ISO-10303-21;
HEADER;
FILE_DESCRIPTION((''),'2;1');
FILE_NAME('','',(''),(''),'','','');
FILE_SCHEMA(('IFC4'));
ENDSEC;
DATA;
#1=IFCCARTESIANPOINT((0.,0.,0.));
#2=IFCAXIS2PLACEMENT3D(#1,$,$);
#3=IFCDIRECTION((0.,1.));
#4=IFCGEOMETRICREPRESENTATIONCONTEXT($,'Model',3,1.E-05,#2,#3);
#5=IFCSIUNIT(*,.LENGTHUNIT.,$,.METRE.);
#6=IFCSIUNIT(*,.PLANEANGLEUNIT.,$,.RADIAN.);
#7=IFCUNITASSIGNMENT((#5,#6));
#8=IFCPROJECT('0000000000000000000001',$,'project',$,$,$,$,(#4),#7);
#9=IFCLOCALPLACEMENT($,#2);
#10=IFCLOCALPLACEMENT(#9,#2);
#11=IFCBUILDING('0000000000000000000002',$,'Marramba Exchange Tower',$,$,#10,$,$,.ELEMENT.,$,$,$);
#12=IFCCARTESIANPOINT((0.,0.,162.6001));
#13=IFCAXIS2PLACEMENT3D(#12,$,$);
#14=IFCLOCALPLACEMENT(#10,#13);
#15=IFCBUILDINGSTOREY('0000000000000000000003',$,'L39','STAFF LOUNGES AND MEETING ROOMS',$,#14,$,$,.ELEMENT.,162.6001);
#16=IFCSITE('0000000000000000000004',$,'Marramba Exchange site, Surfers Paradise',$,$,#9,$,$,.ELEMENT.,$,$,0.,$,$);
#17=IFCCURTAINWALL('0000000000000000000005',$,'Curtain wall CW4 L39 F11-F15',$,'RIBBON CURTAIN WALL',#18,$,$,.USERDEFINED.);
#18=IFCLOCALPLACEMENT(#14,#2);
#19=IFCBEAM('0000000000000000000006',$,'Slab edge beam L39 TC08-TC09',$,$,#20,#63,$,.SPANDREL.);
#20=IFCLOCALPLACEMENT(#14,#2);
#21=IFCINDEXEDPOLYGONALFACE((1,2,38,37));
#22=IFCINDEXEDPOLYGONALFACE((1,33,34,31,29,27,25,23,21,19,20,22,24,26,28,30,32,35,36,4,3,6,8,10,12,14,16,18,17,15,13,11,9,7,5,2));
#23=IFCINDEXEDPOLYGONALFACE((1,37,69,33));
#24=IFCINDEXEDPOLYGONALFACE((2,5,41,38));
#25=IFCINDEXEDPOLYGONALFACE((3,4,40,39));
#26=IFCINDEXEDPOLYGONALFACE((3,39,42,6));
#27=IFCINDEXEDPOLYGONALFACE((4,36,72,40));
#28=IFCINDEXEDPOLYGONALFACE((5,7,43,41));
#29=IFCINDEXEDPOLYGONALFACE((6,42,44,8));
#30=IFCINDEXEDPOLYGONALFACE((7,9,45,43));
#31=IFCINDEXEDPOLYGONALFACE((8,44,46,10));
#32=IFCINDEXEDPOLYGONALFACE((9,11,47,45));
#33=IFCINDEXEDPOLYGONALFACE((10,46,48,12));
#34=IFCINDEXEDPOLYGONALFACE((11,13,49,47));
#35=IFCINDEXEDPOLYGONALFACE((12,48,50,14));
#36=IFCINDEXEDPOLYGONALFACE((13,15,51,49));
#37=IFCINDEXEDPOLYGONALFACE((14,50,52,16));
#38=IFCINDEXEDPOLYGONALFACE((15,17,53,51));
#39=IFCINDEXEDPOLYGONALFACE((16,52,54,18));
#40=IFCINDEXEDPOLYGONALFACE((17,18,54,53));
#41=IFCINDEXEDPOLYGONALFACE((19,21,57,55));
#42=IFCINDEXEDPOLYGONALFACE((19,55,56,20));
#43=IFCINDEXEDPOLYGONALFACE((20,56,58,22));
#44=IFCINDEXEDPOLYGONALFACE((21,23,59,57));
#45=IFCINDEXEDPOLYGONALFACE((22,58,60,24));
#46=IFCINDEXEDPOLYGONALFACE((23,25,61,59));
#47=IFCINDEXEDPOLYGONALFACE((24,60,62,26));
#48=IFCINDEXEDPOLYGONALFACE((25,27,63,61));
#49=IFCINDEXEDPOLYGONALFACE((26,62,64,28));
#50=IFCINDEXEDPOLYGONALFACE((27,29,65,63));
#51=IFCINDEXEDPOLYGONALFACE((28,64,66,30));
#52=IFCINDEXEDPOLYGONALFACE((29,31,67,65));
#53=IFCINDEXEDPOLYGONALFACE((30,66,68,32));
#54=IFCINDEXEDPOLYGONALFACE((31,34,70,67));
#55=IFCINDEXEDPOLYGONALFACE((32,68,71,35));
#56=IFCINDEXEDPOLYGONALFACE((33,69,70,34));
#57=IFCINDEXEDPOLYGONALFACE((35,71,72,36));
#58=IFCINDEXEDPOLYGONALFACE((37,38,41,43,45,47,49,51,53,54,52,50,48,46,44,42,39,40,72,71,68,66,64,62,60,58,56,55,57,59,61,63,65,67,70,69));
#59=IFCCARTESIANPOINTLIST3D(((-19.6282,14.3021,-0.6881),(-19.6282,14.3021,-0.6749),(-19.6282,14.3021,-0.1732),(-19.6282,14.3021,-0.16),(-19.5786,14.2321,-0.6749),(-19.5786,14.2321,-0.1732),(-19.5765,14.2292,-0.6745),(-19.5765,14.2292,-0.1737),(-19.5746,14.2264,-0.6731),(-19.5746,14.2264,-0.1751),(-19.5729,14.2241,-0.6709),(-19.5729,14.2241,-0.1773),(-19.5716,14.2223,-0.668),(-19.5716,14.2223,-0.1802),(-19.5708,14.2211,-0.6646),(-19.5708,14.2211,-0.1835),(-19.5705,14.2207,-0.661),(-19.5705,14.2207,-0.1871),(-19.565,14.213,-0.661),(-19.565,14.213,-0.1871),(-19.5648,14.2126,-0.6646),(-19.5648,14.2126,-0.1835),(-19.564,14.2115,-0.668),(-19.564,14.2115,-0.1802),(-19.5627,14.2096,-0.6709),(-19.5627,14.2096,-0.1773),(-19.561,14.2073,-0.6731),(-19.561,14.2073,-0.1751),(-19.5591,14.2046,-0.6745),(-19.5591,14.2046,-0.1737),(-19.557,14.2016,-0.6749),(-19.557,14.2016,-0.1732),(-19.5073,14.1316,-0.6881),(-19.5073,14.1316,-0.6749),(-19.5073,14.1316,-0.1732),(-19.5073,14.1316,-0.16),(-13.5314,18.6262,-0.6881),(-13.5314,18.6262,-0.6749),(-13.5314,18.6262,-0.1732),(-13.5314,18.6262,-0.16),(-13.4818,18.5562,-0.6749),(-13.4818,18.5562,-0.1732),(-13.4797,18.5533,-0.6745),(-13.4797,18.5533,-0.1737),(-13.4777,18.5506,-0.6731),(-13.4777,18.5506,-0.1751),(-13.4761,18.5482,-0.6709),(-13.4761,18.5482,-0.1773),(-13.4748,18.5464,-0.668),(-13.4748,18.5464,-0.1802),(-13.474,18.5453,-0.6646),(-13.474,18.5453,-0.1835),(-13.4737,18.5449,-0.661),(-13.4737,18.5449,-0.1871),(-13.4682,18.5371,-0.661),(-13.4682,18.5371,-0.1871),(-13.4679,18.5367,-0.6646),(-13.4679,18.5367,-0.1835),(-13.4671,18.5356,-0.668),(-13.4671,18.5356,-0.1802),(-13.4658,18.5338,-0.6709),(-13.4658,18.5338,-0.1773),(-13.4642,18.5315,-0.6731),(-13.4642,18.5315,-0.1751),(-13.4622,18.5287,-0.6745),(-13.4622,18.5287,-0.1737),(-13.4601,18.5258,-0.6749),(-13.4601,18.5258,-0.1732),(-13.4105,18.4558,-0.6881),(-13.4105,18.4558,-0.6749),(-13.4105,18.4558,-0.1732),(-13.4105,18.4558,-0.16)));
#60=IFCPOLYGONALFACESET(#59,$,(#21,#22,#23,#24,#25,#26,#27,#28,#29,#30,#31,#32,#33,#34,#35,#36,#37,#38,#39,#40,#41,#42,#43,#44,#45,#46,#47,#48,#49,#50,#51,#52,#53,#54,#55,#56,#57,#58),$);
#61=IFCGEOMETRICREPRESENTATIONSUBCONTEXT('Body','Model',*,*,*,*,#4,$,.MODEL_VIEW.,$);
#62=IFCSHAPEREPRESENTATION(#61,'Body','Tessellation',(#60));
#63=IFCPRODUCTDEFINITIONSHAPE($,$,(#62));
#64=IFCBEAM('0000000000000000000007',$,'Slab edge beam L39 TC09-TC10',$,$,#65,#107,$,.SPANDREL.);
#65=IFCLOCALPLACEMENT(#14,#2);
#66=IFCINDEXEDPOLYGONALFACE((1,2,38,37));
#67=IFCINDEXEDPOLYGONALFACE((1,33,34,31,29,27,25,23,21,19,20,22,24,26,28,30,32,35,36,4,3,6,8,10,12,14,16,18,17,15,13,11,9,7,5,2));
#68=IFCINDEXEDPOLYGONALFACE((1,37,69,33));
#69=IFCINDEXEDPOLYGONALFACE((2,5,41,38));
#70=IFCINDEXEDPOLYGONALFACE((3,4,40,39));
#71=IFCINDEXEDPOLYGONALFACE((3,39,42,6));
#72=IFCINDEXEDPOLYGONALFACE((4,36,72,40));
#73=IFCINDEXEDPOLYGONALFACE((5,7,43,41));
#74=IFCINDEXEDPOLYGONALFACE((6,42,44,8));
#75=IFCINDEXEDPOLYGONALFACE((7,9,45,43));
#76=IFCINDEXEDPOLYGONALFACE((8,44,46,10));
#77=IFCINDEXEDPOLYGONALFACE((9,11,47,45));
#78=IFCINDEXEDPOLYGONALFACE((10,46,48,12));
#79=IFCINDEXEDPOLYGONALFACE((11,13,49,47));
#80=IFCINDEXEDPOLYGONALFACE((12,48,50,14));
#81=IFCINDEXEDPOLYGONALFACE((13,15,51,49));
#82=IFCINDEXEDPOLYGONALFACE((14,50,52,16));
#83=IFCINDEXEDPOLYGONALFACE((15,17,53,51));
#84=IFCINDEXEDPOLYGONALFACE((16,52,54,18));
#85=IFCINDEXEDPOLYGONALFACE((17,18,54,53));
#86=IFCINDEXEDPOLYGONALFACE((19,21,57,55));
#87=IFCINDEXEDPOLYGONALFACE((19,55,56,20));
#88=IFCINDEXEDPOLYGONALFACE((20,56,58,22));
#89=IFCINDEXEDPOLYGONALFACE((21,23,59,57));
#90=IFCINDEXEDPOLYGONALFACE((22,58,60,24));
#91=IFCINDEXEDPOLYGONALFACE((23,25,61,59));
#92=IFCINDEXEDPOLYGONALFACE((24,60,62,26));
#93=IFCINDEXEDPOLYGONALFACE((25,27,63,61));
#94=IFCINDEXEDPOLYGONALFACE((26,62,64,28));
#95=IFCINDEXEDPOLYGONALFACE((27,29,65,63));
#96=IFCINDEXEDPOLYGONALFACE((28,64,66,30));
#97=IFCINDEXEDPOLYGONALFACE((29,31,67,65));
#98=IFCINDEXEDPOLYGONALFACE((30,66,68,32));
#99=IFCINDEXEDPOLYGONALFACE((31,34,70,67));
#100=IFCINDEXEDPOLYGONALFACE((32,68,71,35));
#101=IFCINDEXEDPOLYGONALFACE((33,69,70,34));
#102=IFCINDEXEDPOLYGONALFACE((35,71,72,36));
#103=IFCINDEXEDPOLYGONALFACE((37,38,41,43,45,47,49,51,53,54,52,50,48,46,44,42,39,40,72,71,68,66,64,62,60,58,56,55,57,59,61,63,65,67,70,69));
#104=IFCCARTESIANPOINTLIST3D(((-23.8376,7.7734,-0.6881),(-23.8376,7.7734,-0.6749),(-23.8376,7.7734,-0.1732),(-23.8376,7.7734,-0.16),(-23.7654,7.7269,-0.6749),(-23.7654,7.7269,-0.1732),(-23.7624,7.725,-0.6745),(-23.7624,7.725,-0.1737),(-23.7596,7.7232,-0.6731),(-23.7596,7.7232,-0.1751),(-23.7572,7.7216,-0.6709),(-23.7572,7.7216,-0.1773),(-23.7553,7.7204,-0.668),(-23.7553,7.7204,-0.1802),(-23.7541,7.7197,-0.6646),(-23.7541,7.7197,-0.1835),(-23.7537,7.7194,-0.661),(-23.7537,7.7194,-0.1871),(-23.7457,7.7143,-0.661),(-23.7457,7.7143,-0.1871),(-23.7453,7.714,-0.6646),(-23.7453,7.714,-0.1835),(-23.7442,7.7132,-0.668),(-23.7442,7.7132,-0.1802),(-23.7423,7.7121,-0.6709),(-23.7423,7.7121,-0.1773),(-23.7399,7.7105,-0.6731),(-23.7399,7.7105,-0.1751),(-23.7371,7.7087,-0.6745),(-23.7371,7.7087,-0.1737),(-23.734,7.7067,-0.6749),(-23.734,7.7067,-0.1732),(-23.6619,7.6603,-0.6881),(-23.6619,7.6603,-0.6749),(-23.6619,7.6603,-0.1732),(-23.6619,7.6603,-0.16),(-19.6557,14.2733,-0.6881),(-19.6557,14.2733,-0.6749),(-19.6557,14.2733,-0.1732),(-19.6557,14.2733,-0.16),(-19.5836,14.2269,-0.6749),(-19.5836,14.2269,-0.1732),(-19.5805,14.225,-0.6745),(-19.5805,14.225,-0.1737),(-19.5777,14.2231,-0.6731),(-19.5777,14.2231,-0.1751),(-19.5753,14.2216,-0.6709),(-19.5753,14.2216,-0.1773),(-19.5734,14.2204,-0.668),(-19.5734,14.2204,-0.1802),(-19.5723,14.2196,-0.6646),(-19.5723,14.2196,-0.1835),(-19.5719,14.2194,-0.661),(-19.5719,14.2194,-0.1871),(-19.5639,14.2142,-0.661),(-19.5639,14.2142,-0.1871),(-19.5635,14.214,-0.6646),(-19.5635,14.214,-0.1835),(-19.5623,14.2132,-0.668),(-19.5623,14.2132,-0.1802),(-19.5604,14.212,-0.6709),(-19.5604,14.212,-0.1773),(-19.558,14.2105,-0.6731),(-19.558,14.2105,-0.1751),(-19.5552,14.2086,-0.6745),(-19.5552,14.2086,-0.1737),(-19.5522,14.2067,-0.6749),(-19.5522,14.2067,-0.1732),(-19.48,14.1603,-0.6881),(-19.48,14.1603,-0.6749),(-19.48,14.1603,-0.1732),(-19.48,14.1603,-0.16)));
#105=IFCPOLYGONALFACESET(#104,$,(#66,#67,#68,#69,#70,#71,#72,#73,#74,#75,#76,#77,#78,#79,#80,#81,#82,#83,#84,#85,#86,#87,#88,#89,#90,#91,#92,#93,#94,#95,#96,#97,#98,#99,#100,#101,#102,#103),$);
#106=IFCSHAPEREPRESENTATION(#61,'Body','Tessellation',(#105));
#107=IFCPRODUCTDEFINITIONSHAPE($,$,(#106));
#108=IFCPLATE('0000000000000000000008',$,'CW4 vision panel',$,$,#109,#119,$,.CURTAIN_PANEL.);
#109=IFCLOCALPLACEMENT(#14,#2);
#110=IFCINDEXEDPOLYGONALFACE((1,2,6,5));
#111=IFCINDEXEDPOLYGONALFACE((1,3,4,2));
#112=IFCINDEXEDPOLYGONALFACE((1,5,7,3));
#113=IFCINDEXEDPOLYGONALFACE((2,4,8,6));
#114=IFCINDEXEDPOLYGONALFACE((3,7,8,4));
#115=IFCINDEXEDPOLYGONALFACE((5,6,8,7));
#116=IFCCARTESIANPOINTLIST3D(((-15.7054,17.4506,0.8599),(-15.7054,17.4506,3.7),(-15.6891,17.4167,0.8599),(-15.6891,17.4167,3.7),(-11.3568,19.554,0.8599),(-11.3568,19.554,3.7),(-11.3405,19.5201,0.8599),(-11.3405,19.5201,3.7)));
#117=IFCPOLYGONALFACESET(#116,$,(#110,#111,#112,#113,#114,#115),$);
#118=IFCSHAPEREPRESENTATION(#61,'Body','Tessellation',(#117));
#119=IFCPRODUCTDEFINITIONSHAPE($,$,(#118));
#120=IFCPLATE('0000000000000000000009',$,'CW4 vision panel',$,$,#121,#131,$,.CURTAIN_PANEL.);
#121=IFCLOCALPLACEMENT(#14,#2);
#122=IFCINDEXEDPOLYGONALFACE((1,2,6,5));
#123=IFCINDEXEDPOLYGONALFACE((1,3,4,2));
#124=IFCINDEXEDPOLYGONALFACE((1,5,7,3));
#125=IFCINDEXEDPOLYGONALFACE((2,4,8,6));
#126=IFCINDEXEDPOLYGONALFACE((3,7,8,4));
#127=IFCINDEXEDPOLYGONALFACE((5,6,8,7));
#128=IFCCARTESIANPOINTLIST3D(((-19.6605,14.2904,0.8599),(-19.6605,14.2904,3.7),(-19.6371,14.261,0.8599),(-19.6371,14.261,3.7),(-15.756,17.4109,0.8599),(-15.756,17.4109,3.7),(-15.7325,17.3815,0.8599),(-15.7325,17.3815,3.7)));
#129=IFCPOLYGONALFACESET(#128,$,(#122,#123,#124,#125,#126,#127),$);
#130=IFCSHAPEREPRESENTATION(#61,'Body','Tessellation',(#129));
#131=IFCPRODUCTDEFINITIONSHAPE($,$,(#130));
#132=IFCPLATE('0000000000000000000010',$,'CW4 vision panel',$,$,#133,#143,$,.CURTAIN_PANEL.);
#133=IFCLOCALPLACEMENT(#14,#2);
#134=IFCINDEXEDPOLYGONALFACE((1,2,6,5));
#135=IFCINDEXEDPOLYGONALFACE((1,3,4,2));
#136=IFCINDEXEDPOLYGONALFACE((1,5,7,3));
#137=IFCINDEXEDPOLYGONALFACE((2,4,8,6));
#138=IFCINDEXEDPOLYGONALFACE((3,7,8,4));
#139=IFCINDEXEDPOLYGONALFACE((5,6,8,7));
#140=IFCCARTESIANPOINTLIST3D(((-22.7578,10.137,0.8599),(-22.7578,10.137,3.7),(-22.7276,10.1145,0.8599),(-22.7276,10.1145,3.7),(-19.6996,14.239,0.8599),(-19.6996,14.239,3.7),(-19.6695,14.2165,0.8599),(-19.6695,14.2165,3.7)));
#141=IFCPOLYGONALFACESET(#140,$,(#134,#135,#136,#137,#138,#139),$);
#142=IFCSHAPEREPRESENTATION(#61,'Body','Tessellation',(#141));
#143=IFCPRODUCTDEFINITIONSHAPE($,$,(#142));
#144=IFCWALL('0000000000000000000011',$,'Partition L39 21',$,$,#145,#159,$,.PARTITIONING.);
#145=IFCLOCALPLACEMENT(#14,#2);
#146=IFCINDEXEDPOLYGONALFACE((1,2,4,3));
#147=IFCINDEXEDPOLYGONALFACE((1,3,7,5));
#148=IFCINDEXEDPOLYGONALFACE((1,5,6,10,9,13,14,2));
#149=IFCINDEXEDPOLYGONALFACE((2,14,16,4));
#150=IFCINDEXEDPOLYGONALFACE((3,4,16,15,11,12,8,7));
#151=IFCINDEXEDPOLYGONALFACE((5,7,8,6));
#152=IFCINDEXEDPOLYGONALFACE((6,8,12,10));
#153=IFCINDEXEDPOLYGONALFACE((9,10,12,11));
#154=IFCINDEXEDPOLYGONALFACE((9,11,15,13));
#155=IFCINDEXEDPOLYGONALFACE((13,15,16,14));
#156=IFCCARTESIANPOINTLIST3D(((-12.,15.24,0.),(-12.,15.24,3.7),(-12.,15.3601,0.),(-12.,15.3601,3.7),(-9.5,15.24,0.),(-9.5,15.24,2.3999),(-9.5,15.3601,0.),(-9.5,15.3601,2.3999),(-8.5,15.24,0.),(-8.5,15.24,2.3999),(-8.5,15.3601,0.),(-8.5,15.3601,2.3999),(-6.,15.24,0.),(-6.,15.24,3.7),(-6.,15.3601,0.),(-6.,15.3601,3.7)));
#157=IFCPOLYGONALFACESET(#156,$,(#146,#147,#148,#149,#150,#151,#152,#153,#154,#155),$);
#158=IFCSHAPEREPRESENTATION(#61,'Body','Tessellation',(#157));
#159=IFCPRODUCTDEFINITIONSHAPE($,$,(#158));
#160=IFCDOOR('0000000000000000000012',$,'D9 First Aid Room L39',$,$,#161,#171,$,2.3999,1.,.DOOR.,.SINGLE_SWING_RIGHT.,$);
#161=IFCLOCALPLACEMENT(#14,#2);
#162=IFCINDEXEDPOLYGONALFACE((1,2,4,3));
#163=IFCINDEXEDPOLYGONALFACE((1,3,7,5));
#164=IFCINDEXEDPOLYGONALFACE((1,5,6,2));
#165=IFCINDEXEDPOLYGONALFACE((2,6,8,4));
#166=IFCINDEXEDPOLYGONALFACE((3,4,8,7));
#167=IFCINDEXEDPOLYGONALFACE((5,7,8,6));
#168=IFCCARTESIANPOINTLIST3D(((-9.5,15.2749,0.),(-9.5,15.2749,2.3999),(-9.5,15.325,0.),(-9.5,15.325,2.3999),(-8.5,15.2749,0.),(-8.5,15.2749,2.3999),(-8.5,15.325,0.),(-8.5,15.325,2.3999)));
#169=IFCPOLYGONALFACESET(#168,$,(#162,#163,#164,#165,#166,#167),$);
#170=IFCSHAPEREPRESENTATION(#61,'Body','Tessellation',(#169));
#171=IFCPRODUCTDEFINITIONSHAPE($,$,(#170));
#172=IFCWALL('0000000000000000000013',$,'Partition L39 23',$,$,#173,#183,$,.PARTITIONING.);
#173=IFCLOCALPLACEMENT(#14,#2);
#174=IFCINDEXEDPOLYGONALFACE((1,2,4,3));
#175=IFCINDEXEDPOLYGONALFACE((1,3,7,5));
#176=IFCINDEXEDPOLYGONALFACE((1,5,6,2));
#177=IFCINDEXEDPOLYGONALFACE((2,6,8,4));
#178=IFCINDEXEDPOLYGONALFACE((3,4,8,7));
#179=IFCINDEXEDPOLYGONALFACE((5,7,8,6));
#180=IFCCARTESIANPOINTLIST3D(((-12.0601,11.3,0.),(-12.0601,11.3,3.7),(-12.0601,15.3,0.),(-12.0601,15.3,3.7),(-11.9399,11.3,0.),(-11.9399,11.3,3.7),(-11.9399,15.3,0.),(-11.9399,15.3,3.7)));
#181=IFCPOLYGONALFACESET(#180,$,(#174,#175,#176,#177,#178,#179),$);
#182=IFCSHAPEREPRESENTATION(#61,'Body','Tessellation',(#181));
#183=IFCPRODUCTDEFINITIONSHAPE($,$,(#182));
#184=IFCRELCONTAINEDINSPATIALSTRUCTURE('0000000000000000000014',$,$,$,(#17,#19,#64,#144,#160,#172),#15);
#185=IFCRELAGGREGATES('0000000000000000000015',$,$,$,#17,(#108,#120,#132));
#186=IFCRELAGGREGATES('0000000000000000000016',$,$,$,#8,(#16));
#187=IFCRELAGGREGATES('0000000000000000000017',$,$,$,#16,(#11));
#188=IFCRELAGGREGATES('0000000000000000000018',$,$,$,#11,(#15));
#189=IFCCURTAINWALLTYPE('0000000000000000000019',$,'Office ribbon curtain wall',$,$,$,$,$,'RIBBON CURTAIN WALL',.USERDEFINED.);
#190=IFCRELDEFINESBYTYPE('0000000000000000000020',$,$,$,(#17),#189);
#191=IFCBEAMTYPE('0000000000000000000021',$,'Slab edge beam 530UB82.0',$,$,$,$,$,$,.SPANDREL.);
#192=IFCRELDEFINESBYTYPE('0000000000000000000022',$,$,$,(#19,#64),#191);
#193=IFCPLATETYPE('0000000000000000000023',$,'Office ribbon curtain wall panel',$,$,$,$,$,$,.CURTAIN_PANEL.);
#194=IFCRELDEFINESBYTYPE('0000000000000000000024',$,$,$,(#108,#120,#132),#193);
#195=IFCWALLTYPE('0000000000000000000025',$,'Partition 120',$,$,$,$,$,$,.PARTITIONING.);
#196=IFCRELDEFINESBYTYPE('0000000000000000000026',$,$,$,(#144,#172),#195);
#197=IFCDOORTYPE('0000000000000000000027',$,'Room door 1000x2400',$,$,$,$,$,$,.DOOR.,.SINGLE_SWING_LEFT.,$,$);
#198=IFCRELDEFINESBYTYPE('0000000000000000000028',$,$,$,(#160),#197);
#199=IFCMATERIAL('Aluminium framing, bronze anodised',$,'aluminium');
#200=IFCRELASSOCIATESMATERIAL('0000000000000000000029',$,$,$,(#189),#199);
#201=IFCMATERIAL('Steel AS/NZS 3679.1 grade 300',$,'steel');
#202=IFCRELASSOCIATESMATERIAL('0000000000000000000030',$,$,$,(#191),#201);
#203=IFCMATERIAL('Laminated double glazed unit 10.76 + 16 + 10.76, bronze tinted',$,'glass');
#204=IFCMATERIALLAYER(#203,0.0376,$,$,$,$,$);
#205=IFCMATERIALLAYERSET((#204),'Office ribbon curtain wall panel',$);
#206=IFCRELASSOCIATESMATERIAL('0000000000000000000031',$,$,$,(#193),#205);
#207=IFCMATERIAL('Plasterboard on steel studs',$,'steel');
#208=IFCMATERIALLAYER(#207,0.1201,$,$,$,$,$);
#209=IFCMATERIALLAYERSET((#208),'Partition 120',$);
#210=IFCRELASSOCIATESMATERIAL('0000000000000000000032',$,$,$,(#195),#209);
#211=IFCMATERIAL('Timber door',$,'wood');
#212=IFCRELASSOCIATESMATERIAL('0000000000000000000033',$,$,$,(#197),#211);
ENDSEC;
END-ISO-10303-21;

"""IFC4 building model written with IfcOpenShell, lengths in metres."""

from ifc_helpers import new_model, si_unit, direction, frame, frame_2d, origin, origin_2d, place, context, subcontext, project, spatial, rectangle, i_section, extrude, material, layer, layer_set, material_profile, profile_set, type_object, element, fill, aggregate, save


model = new_model("IFC4")

# Units and contexts
model_context = context("Model", 3, precision=1e-05, world=origin(), true_north=direction((0.0, 1.0)))
body_context = subcontext(model_context, "Body", "Model", "MODEL_VIEW")
ifc_project = project(units=[si_unit("LENGTHUNIT", "METRE"), si_unit("PLANEANGLEUNIT", "RADIAN")], contexts=[model_context])

# Site, building, storey
site_placement = place(None, origin())
site = spatial("IfcSite", under=ifc_project, at=site_placement, Name="Marramba Exchange site, Surfers Paradise", CompositionType="ELEMENT", RefElevation=0.0)
building_placement = place(site_placement, origin())
building = spatial("IfcBuilding", under=site, at=building_placement, Name="Marramba Exchange Tower", CompositionType="ELEMENT")
storey_placement = place(building_placement, frame((0.0, 0.0, 162.6001)))
storey = spatial("IfcBuildingStorey", under=building, at=storey_placement, Name="L39", Description="STAFF LOUNGES AND MEETING ROOMS", CompositionType="ELEMENT", Elevation=162.6001)

# Shared definitions
ifc_material_1 = material(Name="Steel AS/NZS 3679.1 grade 300", Category="steel")

# Curtain wall
ifc_material_2 = material(Name="Aluminium framing, bronze anodised", Category="aluminium")
curtain_wall_type = type_object("IfcCurtainWallType", Name="Office ribbon curtain wall", ElementType="RIBBON CURTAIN WALL", PredefinedType="USERDEFINED", material=ifc_material_2)
curtain_wall_placement = place(storey_placement, origin())
curtain_wall = element("IfcCurtainWall", 1, at=curtain_wall_placement, inside=storey, type_object=curtain_wall_type, Name="Curtain wall CW4 L39 F11-F15", ObjectType="RIBBON CURTAIN WALL", PredefinedType="USERDEFINED")

# Beams
ifc_material_profile_1 = material_profile(ifc_material_1, i_section(OverallWidth=0.209, OverallDepth=0.5281, WebThickness=0.0095, FlangeThickness=0.0132, FilletRadius=0.0139, at=origin_2d()), Name="530UB82.0")
ifc_profile_set_1 = profile_set([ifc_material_profile_1], Name="Steel AS/NZS 3679.1 grade 300")
beam_type_1 = type_object("IfcBeamType", Name="Slab edge beam 530UB82.0", PredefinedType="SPANDREL", material=ifc_profile_set_1)
beam_1_placement = place(storey_placement, frame((-13.4709, 18.541, -0.4241), z_axis=(-0.815673, -0.578513, 0.0), x_axis=(0.578513, -0.815673, 0.0)))
element("IfcBeam", 2, at=beam_1_placement, inside=storey, type_object=beam_type_1, Name="Slab edge beam L39 TC08-TC09", PredefinedType="SPANDREL", context=body_context, shape_type="SweptSolid", body=[
    extrude(i_section(OverallWidth=0.209, OverallDepth=0.5281, WebThickness=0.0095, FlangeThickness=0.0132, FilletRadius=0.0139, at=origin_2d()), origin(), (0.0, 0.0, 1.0), 7.4746),
])
beam_2_placement = place(storey_placement, frame((-19.5679, 14.2168, -0.4241), z_axis=(-0.541061, -0.840983, 0.0), x_axis=(0.840983, -0.541061, 0.0)))
element("IfcBeam", 3, at=beam_2_placement, inside=storey, type_object=beam_type_1, Name="Slab edge beam L39 TC09-TC10", PredefinedType="SPANDREL", context=body_context, shape_type="SweptSolid", body=[
    extrude(i_section(OverallWidth=0.209, OverallDepth=0.5281, WebThickness=0.0095, FlangeThickness=0.0132, FilletRadius=0.0139, at=origin_2d()), origin(), (0.0, 0.0, 1.0), 7.729),
])

# Plates
ifc_material_3 = material(Name="Laminated double glazed unit 10.76 + 16 + 10.76, bronze tinted", Category="glass")
ifc_layer_1 = layer(ifc_material_3, 0.0376)
ifc_layer_set_1 = layer_set([ifc_layer_1], Name="Office ribbon curtain wall panel")
plate_type = type_object("IfcPlateType", Name="Office ribbon curtain wall panel", PredefinedType="CURTAIN_PANEL", material=ifc_layer_set_1)
plate_1_placement = place(storey_placement, frame((-13.5229, 18.4854, 0.8599), z_axis=(0.0, 0.0, 1.0), x_axis=(-0.900224, -0.435428, 0.0)))
plate_1 = element("IfcPlate", 4, at=plate_1_placement, type_object=plate_type, Name="CW4 vision panel", PredefinedType="CURTAIN_PANEL", context=body_context, shape_type="SweptSolid", body=[
    extrude(rectangle(XDim=4.8306, YDim=0.0376, at=origin_2d()), origin(), (0.0, 0.0, 1.0), 2.8401),
])
plate_2_placement = place(storey_placement, frame((-17.6965, 15.8359, 0.8599), z_axis=(0.0, 0.0, 1.0), x_axis=(-0.781178, -0.624308, 0.0)))
plate_2 = element("IfcPlate", 5, at=plate_2_placement, type_object=plate_type, Name="CW4 vision panel", PredefinedType="CURTAIN_PANEL", context=body_context, shape_type="SweptSolid", body=[
    extrude(rectangle(XDim=4.9983, YDim=0.0376, at=origin_2d()), origin(), (0.0, 0.0, 1.0), 2.8401),
])
plate_3_placement = place(storey_placement, frame((-21.2136, 12.1768, 0.8599), z_axis=(0.0, 0.0, 1.0), x_axis=(-0.597704, -0.801717, 0.0)))
plate_3 = element("IfcPlate", 6, at=plate_3_placement, type_object=plate_type, Name="CW4 vision panel", PredefinedType="CURTAIN_PANEL", context=body_context, shape_type="SweptSolid", body=[
    extrude(rectangle(XDim=5.1165, YDim=0.0376, at=origin_2d()), origin(), (0.0, 0.0, 1.0), 2.8401),
])
aggregate(curtain_wall, [plate_1, plate_2, plate_3])

# Wall, opening, door
ifc_material_4 = material(Name="Plasterboard on steel studs", Category="steel")
ifc_layer_2 = layer(ifc_material_4, 0.1201)
ifc_layer_set_2 = layer_set([ifc_layer_2], Name="Partition 120")
wall_type = type_object("IfcWallType", Name="Partition 120", PredefinedType="PARTITIONING", material=ifc_layer_set_2)
wall_1_placement = place(storey_placement, frame((-12.0, 15.3, 0.0), z_axis=(0.0, 0.0, 1.0), x_axis=(1.0, 0.0, 0.0)))
wall_1 = element("IfcWall", 7, at=wall_1_placement, inside=storey, type_object=wall_type, Name="Partition L39 21", PredefinedType="PARTITIONING", context=body_context, shape_type="SweptSolid", body=[
    extrude(rectangle(XDim=6.0, YDim=0.1201, at=frame_2d((3.0, 0.0))), origin(), (0.0, 0.0, 1.0), 3.7),
])
opening_placement = place(wall_1_placement, frame((2.5, 0.0, 0.0)))
opening = element("IfcOpeningElement", 8, at=opening_placement, cuts=wall_1, PredefinedType="OPENING", context=body_context, shape_type="SweptSolid", body=[
    extrude(rectangle(XDim=1.0, YDim=2.3999, at=frame_2d((0.5, 1.2))), frame((0.0, 0.0701, 0.0), z_axis=(0.0, -1.0, 0.0), x_axis=(1.0, 0.0, 0.0)), (0.0, 0.0, 1.0), 0.1401),
])
ifc_material_5 = material(Name="Timber door", Category="wood")
door_type = type_object("IfcDoorType", Name="Room door 1000x2400", OperationType="SINGLE_SWING_LEFT", PredefinedType="DOOR", material=ifc_material_5)
door_placement = place(opening_placement, frame((1.0, 0.0, 0.0), z_axis=(0.0, 0.0, 1.0), x_axis=(-1.0, 0.0, 0.0)))
door = element("IfcDoor", 9, at=door_placement, inside=storey, type_object=door_type, Name="D9 First Aid Room L39", OperationType="SINGLE_SWING_RIGHT", OverallHeight=2.3999, OverallWidth=1.0, PredefinedType="DOOR", context=body_context, shape_type="SweptSolid", body=[
    extrude(rectangle(XDim=1.0, YDim=2.3999, at=frame_2d((0.5, 1.2))), frame((0.0, 0.0251, 0.0), z_axis=(0.0, -1.0, 0.0), x_axis=(1.0, 0.0, 0.0)), (0.0, 0.0, 1.0), 0.05),
])
fill(opening, door)

# Wall
wall_2_placement = place(storey_placement, frame((-12.0, 11.3, 0.0), z_axis=(0.0, 0.0, 1.0), x_axis=(0.0, 1.0, 0.0)))
element("IfcWall", 10, at=wall_2_placement, inside=storey, type_object=wall_type, Name="Partition L39 23", PredefinedType="PARTITIONING", context=body_context, shape_type="SweptSolid", body=[
    extrude(rectangle(XDim=4.0, YDim=0.1201, at=frame_2d((2.0, 0.0))), origin(), (0.0, 0.0, 1.0), 3.7),
])

save(model, "model.ifc")
